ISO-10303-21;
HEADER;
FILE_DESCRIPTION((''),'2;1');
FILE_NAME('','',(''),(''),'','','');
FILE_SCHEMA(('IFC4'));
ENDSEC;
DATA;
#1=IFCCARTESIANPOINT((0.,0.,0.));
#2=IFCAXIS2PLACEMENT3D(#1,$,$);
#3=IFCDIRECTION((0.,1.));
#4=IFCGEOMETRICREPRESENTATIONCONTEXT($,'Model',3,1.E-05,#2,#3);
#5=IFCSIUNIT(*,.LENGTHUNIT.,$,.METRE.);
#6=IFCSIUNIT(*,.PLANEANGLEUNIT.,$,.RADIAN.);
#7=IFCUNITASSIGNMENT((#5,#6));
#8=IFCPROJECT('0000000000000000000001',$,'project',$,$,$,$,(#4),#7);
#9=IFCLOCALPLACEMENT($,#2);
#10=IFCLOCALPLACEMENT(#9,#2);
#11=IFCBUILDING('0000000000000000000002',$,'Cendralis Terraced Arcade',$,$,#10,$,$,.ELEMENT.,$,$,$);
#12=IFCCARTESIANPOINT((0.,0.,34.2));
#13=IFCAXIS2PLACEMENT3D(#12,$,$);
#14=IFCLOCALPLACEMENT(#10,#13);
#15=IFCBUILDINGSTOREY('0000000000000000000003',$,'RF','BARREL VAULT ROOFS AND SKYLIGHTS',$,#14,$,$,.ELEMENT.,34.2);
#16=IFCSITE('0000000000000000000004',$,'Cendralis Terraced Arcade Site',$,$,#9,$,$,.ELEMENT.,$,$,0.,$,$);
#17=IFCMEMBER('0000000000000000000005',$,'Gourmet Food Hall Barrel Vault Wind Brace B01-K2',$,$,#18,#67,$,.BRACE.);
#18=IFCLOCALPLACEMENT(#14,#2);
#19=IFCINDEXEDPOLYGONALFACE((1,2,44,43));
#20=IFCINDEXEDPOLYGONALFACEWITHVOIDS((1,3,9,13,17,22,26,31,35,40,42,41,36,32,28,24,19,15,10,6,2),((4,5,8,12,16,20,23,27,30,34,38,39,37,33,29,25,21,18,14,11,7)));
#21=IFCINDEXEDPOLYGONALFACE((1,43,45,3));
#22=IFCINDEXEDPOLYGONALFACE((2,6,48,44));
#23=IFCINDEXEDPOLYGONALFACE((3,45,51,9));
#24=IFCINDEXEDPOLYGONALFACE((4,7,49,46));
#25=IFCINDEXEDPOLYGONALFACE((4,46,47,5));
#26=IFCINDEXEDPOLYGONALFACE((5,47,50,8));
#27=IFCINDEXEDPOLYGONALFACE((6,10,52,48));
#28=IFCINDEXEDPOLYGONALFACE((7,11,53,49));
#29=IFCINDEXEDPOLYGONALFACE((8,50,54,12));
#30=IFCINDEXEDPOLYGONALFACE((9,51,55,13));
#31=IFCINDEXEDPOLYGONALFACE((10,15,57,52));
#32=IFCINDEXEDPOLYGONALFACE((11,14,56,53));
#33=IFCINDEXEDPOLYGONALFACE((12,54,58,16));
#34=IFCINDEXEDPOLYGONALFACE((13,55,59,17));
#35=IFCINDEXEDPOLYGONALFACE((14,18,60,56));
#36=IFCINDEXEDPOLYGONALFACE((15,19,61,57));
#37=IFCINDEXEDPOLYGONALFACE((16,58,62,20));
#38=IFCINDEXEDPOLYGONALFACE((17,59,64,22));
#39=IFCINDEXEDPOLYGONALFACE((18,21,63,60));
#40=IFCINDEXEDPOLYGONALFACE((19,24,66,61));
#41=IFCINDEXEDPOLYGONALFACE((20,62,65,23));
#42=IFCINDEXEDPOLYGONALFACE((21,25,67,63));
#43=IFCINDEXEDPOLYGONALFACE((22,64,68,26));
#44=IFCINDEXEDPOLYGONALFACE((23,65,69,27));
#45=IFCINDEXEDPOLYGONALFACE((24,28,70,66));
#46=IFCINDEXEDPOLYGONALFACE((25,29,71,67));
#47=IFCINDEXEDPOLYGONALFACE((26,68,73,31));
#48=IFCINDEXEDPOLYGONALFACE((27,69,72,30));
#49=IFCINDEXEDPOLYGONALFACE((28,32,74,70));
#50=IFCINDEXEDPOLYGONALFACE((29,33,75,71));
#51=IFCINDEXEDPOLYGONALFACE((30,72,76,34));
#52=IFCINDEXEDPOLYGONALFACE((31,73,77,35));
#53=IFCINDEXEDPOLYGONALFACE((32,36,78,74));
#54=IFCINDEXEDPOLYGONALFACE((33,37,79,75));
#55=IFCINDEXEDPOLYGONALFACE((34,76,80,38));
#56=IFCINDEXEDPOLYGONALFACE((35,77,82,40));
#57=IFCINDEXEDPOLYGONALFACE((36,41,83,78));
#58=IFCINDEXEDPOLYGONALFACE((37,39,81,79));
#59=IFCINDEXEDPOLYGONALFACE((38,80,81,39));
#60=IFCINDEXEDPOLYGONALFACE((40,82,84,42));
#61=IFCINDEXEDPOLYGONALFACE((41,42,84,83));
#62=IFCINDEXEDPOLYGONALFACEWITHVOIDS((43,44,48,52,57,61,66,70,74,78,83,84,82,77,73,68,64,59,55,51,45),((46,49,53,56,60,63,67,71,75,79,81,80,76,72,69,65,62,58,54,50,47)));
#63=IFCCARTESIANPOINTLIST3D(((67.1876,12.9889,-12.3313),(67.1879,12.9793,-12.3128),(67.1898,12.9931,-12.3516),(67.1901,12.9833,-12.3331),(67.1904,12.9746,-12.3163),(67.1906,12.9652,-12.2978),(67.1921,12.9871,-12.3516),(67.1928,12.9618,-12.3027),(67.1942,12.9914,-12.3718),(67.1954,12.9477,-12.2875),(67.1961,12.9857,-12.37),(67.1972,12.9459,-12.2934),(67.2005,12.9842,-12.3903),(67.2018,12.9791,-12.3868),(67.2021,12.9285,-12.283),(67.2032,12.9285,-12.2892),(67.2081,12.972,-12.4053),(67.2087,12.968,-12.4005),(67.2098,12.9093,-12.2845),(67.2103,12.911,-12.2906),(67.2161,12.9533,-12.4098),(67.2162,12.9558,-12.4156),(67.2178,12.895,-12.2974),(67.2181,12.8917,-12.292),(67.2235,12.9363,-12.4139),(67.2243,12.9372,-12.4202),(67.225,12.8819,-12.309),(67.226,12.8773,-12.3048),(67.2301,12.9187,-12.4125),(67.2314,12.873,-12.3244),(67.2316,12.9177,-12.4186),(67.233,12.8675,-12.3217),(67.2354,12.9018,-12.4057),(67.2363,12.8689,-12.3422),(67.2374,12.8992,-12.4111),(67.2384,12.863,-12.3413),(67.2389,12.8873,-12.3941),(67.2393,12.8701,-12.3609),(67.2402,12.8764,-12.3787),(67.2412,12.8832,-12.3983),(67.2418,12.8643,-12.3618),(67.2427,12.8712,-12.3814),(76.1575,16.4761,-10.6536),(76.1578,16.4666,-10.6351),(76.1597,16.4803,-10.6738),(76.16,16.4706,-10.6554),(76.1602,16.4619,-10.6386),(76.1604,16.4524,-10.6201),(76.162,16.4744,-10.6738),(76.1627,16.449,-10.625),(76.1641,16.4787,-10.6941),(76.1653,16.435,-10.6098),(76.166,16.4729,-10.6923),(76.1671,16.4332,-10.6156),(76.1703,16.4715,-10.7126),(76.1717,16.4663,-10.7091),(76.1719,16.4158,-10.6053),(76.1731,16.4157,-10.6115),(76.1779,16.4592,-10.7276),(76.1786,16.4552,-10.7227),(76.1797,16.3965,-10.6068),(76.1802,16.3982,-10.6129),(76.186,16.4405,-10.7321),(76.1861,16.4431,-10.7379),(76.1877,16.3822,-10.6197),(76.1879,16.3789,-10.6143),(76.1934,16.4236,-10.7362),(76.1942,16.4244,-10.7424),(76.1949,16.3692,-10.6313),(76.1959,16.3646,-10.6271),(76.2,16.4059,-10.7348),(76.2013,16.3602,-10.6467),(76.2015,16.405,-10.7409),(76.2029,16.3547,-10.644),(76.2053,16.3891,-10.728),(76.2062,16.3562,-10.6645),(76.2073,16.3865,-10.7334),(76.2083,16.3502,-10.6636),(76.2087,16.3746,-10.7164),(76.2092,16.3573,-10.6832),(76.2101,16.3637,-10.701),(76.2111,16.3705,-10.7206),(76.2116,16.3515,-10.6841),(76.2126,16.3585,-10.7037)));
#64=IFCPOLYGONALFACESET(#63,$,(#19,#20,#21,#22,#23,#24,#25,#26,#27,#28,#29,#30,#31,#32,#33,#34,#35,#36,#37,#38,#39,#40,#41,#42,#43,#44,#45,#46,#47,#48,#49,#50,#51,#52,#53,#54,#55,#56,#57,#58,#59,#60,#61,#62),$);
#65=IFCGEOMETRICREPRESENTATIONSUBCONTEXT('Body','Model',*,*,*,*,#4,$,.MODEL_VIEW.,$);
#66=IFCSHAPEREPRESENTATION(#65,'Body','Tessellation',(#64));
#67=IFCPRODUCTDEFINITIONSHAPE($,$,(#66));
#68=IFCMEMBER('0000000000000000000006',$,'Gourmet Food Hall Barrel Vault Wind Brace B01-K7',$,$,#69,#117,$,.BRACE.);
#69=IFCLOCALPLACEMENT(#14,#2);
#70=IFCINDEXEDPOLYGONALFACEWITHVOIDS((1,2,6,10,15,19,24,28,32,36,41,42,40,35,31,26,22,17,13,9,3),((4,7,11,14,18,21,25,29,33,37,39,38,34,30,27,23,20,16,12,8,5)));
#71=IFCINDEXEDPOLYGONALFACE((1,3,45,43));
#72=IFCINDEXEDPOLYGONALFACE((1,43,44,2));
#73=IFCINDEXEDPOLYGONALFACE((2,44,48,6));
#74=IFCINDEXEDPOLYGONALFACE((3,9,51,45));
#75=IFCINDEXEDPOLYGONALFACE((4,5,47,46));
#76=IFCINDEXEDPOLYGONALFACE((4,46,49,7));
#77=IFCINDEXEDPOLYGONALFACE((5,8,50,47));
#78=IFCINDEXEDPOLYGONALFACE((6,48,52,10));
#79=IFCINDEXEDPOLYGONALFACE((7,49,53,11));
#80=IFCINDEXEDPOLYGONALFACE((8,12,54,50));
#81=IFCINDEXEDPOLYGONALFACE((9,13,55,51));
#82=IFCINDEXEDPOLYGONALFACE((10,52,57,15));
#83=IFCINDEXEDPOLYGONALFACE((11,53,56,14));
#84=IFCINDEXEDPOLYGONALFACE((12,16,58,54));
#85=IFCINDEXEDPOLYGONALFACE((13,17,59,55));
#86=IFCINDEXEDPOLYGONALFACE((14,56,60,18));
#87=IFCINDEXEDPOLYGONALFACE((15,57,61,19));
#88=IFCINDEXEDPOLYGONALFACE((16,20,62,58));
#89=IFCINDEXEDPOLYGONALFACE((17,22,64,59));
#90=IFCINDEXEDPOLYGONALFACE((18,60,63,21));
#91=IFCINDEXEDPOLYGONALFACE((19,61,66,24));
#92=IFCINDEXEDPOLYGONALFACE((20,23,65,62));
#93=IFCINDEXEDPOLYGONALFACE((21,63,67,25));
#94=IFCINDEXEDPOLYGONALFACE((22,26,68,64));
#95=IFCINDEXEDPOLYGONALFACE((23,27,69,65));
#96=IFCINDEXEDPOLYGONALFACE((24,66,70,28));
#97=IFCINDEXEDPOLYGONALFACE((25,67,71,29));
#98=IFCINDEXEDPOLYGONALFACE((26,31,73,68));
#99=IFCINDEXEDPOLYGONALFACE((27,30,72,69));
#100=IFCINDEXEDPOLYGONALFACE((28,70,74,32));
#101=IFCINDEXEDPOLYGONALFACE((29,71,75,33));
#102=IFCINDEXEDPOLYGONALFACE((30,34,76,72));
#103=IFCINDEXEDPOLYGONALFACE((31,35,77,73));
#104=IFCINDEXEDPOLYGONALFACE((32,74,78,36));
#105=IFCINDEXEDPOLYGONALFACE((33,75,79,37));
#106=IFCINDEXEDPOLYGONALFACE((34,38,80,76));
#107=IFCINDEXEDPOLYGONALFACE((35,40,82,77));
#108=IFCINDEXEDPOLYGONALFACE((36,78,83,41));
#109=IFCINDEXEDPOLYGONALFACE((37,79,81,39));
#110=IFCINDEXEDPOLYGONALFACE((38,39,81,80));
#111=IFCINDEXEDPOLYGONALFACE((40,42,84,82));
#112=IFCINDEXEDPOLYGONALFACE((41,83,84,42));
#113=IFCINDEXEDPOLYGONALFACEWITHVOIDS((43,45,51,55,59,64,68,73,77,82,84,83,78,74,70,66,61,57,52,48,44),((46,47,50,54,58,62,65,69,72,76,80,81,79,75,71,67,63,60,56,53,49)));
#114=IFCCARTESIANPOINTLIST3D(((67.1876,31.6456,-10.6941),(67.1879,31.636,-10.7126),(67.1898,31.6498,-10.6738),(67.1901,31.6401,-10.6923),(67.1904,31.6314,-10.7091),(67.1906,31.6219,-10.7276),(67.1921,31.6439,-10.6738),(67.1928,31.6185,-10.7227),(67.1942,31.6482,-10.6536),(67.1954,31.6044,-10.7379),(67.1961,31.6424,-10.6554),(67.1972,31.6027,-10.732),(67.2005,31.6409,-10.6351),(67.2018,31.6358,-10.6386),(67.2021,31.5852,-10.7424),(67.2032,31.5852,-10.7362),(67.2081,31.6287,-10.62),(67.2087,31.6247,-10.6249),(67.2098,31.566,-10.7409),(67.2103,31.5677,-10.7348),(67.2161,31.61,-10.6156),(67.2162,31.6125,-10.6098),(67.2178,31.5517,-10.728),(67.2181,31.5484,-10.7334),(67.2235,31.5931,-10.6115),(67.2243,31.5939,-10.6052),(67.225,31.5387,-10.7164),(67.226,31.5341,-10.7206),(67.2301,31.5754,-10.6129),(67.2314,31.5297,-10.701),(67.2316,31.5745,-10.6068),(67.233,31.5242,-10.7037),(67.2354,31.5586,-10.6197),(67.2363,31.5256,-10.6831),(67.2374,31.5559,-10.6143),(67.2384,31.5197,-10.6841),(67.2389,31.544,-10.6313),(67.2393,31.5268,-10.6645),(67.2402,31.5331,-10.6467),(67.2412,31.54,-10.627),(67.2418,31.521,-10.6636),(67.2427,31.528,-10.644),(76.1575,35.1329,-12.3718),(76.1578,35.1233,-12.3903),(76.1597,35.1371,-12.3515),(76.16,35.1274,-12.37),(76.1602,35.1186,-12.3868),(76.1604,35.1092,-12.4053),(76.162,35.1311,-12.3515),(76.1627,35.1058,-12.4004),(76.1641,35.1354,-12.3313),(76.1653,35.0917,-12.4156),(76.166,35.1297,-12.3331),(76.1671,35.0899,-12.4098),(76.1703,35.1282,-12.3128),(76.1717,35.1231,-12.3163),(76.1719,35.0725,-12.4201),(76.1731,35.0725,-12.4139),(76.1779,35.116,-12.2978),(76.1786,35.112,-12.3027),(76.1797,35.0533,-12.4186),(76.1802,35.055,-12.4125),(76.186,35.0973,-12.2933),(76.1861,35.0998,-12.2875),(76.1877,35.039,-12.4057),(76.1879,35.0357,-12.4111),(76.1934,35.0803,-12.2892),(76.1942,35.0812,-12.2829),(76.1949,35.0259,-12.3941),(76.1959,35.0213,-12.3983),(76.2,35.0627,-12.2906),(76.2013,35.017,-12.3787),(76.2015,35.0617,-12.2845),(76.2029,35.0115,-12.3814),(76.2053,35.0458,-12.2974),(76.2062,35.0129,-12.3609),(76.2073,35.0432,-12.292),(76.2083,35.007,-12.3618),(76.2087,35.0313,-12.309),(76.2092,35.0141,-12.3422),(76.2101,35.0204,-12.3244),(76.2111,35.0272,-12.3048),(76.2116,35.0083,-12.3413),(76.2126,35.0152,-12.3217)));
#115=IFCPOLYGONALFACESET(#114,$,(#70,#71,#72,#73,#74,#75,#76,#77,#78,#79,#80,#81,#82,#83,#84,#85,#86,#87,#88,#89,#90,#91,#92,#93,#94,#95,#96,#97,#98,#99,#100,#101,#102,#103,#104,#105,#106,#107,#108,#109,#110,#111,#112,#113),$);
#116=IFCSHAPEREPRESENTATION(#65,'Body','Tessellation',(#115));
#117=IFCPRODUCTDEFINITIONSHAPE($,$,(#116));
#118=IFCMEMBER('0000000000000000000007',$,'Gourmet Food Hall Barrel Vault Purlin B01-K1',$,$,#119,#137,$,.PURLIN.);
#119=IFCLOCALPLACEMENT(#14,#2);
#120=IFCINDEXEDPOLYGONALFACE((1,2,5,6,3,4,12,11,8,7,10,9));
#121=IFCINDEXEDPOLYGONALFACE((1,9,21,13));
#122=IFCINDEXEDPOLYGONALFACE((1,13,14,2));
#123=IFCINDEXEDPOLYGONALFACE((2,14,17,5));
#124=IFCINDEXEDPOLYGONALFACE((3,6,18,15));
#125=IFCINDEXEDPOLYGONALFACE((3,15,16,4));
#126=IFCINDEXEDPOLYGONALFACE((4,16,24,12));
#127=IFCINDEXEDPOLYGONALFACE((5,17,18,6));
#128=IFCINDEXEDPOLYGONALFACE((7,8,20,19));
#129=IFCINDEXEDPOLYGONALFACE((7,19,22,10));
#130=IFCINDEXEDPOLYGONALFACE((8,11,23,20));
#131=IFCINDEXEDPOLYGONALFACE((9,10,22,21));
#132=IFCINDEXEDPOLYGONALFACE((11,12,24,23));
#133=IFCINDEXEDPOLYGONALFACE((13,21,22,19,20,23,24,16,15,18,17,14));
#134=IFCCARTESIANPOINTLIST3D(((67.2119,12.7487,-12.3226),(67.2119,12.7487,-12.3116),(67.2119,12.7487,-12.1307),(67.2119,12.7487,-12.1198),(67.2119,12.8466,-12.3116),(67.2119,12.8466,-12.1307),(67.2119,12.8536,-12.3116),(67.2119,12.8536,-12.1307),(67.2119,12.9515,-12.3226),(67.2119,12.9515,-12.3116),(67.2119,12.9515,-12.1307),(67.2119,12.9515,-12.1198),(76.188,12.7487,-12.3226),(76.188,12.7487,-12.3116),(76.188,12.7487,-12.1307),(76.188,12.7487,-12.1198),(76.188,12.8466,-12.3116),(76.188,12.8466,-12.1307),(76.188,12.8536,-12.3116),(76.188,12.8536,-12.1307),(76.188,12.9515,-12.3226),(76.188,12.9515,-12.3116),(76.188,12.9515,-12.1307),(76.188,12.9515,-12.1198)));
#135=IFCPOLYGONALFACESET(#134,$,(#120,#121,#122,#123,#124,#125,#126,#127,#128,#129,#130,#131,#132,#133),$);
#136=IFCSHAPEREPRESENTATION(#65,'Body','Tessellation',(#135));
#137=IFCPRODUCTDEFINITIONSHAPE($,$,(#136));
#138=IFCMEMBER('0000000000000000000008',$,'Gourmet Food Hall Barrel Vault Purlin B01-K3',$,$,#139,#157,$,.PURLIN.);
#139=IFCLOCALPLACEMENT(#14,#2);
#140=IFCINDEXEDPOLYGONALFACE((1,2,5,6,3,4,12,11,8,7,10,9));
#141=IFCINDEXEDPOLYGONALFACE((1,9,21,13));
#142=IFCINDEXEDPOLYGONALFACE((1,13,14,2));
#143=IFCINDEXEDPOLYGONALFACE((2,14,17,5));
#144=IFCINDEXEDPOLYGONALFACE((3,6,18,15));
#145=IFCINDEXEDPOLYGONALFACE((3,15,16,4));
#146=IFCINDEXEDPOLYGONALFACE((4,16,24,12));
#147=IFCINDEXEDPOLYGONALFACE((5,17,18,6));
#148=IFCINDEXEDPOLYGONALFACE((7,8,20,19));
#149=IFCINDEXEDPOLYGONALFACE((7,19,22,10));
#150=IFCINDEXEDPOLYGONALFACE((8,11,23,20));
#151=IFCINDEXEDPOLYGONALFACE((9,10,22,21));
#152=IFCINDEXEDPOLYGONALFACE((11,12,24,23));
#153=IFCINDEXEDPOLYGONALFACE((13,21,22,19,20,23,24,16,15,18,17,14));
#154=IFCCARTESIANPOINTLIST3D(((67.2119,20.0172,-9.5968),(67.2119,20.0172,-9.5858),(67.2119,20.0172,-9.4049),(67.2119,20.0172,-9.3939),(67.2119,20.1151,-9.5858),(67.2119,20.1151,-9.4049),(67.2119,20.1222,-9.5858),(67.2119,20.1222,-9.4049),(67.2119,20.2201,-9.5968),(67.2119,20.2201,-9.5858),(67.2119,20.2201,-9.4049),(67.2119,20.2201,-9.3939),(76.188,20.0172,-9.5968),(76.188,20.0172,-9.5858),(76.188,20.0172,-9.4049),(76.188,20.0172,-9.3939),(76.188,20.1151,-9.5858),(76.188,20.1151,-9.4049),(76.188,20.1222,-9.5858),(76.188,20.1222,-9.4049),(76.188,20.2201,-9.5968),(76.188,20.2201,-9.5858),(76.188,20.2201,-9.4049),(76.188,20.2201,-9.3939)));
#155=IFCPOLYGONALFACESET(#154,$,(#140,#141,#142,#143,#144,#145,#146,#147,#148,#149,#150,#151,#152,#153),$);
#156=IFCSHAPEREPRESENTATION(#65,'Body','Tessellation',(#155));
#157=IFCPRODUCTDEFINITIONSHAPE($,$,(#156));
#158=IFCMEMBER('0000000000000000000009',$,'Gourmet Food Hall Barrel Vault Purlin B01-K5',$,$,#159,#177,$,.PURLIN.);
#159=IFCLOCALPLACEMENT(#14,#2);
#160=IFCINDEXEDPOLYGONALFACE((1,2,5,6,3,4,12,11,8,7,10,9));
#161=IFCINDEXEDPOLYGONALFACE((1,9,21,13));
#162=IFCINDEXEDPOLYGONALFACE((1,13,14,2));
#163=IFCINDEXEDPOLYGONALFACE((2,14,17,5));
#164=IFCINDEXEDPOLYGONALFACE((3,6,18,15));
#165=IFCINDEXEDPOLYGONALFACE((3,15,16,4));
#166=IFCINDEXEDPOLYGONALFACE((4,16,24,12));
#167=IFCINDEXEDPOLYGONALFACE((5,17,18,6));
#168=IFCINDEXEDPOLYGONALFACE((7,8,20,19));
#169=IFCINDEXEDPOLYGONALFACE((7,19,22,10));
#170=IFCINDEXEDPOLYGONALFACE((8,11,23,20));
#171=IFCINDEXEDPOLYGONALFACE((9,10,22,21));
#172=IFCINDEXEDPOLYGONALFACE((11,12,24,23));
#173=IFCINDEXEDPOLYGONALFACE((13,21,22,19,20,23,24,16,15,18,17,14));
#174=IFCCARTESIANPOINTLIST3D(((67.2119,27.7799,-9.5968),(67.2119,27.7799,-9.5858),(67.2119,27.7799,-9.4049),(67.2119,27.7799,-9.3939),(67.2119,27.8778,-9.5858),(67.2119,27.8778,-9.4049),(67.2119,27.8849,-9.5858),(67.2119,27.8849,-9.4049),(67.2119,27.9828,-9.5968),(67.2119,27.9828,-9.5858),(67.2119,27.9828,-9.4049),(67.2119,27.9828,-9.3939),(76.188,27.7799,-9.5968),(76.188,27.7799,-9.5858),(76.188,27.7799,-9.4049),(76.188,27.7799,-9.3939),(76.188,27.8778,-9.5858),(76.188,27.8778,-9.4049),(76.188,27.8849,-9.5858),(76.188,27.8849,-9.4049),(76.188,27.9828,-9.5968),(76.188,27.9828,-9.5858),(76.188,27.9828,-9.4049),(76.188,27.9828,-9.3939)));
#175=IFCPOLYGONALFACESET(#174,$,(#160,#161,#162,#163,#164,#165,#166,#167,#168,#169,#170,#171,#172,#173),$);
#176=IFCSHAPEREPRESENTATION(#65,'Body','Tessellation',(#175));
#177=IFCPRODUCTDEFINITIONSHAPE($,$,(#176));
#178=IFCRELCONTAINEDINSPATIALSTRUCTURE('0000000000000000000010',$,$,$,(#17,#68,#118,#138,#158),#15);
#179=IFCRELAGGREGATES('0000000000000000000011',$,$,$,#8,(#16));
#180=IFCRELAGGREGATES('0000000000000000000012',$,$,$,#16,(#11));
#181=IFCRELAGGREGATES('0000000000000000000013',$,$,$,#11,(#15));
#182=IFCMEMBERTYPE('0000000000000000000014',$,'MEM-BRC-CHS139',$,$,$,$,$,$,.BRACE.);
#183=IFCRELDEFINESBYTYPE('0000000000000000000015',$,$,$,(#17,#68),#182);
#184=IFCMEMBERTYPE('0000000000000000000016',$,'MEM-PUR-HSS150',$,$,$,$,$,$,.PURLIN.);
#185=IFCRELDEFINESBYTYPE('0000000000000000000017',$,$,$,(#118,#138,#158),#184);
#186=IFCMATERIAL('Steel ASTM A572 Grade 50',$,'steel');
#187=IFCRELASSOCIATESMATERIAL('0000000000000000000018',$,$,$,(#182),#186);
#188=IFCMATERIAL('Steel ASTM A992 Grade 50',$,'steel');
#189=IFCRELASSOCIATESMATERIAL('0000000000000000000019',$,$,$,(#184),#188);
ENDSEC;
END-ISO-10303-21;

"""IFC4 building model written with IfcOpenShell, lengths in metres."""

from ifc_helpers import new_model, si_unit, direction, frame, origin, origin_2d, place, context, subcontext, project, spatial, hollow_circle, i_section, extrude, material, material_profile, profile_set, type_object, element, save


model = new_model("IFC4")

# Units and contexts
model_context = context("Model", 3, precision=1e-05, world=origin(), true_north=direction((0.0, 1.0)))
body_context = subcontext(model_context, "Body", "Model", "MODEL_VIEW")
ifc_project = project(units=[si_unit("LENGTHUNIT", "METRE"), si_unit("PLANEANGLEUNIT", "RADIAN")], contexts=[model_context])

# Site, building, storey
site_placement = place(None, origin())
site = spatial("IfcSite", under=ifc_project, at=site_placement, Name="Cendralis Terraced Arcade Site", CompositionType="ELEMENT", RefElevation=0.0)
building_placement = place(site_placement, origin())
building = spatial("IfcBuilding", under=site, at=building_placement, Name="Cendralis Terraced Arcade", CompositionType="ELEMENT")
storey_placement = place(building_placement, frame((0.0, 0.0, 34.2)))
storey = spatial("IfcBuildingStorey", under=building, at=storey_placement, Name="RF", Description="BARREL VAULT ROOFS AND SKYLIGHTS", CompositionType="ELEMENT", Elevation=34.2)

# Members
ifc_material_1 = material(Name="Steel ASTM A992 Grade 50", Category="steel")
ifc_material_2 = material(Name="Steel ASTM A572 Grade 50", Category="steel")
ifc_material_profile_1 = material_profile(ifc_material_2, hollow_circle(Radius=0.0698, WallThickness=0.0063, at=origin_2d()), Name="CHS139X6.3", Category="LoadBearing")
ifc_profile_set_1 = profile_set([ifc_material_profile_1], Name="Steel ASTM A572 Grade 50")
member_type_1 = type_object("IfcMemberType", Name="MEM-BRC-CHS139", PredefinedType="BRACE", material=ifc_profile_set_1)
for number, where, z_axis, x_axis, name in (
    (1, (67.2151, 12.928, -12.3516), (0.918193, 0.356971, 0.171738), (-0.362354, 0.93204, 0.0), "Gourmet Food Hall Barrel Vault Wind Brace B01-K2"),
    (2, (67.2151, 31.5847, -10.6738), (0.918193, 0.356971, -0.171738), (-0.362354, 0.93204, 0.0), "Gourmet Food Hall Barrel Vault Wind Brace B01-K7"),
):
    element("IfcMember", number, at=place(storey_placement, frame(where, z_axis=z_axis, x_axis=x_axis)), inside=storey, type_object=member_type_1, Name=name, PredefinedType="BRACE", context=body_context, shape_type="SweptSolid", body=[
        extrude(hollow_circle(Radius=0.0698, WallThickness=0.0063, at=origin_2d()), origin(), (0.0, 0.0, 1.0), 9.769),
    ])
ifc_material_profile_2 = material_profile(ifc_material_1, i_section(OverallWidth=0.2029, OverallDepth=0.2029, WebThickness=0.0071, FlangeThickness=0.011, at=origin_2d()), Name="W200X46.1", Category="LoadBearing")
ifc_profile_set_2 = profile_set([ifc_material_profile_2], Name="Steel ASTM A992 Grade 50")
member_type_2 = type_object("IfcMemberType", Name="MEM-PUR-HSS150", PredefinedType="PURLIN", material=ifc_profile_set_2)
for number, where, z_axis, x_axis, name in (
    (3, (67.2119, 12.8501, -12.2212), (1.0, 0.0, 0.0), (0.0, 1.0, 0.0), "Gourmet Food Hall Barrel Vault Purlin B01-K1"),
    (4, (67.2119, 20.1187, -9.4954), (1.0, 0.0, 0.0), (0.0, 1.0, 0.0), "Gourmet Food Hall Barrel Vault Purlin B01-K3"),
    (5, (67.2119, 27.8813, -9.4954), (1.0, 0.0, 0.0), (0.0, 1.0, 0.0), "Gourmet Food Hall Barrel Vault Purlin B01-K5"),
):
    element("IfcMember", number, at=place(storey_placement, frame(where, z_axis=z_axis, x_axis=x_axis)), inside=storey, type_object=member_type_2, Name=name, PredefinedType="PURLIN", context=body_context, shape_type="SweptSolid", body=[
        extrude(i_section(OverallWidth=0.2029, OverallDepth=0.2029, WebThickness=0.0071, FlangeThickness=0.011, at=origin_2d()), origin(), (0.0, 0.0, 1.0), 8.9761),
    ])

save(model, "model.ifc")
